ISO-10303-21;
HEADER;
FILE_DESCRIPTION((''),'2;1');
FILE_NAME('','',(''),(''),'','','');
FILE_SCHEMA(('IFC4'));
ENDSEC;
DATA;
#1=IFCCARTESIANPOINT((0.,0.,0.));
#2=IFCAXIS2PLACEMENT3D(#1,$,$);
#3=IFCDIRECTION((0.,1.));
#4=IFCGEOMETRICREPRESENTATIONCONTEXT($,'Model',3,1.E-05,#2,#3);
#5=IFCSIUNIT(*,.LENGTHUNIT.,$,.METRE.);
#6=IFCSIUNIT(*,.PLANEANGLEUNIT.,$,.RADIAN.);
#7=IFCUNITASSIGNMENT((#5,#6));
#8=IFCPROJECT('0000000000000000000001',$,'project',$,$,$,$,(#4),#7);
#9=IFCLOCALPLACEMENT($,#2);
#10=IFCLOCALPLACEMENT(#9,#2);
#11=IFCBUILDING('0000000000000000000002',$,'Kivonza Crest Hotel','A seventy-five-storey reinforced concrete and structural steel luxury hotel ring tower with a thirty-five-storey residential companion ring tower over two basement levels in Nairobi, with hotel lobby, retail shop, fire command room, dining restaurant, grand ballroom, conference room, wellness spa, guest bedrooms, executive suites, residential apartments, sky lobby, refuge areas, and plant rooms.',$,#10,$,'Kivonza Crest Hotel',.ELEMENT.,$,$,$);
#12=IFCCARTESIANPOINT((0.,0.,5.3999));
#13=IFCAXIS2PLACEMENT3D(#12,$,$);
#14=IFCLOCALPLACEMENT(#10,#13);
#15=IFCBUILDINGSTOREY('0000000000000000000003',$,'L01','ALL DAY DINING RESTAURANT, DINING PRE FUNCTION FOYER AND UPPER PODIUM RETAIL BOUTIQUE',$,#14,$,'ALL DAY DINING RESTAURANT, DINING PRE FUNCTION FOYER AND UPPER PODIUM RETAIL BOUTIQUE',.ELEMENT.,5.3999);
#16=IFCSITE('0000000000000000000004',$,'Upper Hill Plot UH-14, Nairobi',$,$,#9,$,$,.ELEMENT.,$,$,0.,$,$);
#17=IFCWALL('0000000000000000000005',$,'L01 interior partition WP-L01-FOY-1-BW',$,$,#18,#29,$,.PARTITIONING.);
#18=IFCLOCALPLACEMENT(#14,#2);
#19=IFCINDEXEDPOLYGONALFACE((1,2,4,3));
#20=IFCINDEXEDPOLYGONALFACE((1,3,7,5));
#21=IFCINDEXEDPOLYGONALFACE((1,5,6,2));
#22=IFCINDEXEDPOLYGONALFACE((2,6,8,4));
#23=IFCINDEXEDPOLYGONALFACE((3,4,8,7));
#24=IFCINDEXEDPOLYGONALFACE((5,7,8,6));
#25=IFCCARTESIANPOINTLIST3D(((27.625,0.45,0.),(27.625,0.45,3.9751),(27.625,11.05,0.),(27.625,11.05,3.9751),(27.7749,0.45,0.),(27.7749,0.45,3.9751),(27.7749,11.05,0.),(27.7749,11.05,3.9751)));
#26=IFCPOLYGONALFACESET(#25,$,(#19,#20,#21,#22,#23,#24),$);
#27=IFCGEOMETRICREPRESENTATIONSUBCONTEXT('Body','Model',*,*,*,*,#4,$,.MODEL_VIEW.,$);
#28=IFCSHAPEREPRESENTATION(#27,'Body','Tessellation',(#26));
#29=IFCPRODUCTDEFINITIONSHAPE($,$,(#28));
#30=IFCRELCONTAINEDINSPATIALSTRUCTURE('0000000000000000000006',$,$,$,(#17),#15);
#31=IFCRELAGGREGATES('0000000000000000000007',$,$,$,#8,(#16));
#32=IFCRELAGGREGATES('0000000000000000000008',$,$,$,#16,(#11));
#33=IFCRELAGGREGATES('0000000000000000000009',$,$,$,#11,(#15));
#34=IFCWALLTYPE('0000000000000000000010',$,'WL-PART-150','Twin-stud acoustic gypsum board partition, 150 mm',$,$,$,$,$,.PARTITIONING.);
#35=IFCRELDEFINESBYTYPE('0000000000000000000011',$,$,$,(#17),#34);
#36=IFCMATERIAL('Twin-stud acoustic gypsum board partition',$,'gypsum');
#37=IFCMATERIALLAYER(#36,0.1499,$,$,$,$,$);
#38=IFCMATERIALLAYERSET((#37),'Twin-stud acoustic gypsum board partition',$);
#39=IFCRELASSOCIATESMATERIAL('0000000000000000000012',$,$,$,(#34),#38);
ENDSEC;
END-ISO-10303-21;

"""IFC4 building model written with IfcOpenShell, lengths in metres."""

from ifc_helpers import new_model, si_unit, direction, frame, frame_2d, origin, place, context, subcontext, project, spatial, rectangle, extrude, material, layer, layer_set, type_object, element, save


model = new_model("IFC4")

# Units and contexts
model_context = context("Model", 3, precision=1e-05, world=origin(), true_north=direction((0.0, 1.0)))
body_context = subcontext(model_context, "Body", "Model", "MODEL_VIEW")
ifc_project = project(units=[si_unit("LENGTHUNIT", "METRE"), si_unit("PLANEANGLEUNIT", "RADIAN")], contexts=[model_context])

# Site, building, storey
site_placement = place(None, origin())
site = spatial("IfcSite", under=ifc_project, at=site_placement, Name="Upper Hill Plot UH-14, Nairobi", CompositionType="ELEMENT", RefElevation=0.0)
building_placement = place(site_placement, origin())
building = spatial("IfcBuilding", under=site, at=building_placement, Name="Kivonza Crest Hotel", Description="A seventy-five-storey reinforced concrete and structural steel luxury hotel ring tower with a thirty-five-storey residential companion ring tower over two basement levels in Nairobi, with hotel lobby, retail shop, fire command room, dining restaurant, grand ballroom, conference room, wellness spa, guest bedrooms, executive suites, residential apartments, sky lobby, refuge areas, and plant rooms.", LongName="Kivonza Crest Hotel", CompositionType="ELEMENT")
storey_placement = place(building_placement, frame((0.0, 0.0, 5.3999)))
storey = spatial("IfcBuildingStorey", under=building, at=storey_placement, Name="L01", Description="ALL DAY DINING RESTAURANT, DINING PRE FUNCTION FOYER AND UPPER PODIUM RETAIL BOUTIQUE", LongName="ALL DAY DINING RESTAURANT, DINING PRE FUNCTION FOYER AND UPPER PODIUM RETAIL BOUTIQUE", CompositionType="ELEMENT", Elevation=5.3999)

# Wall
ifc_material_1 = material(Name="Twin-stud acoustic gypsum board partition", Category="gypsum")
ifc_layer_1 = layer(ifc_material_1, 0.1499)
ifc_layer_set_1 = layer_set([ifc_layer_1], Name="Twin-stud acoustic gypsum board partition")
wall_type = type_object("IfcWallType", Name="WL-PART-150", Description="Twin-stud acoustic gypsum board partition, 150 mm", PredefinedType="PARTITIONING", material=ifc_layer_set_1)
for number, where, z_axis, x_axis, name in (
    (1, (27.7, 0.45, 0.0), (0.0, 0.0, 1.0), (0.0, 1.0, 0.0), "L01 interior partition WP-L01-FOY-1-BW"),
):
    element("IfcWall", number, at=place(storey_placement, frame(where, z_axis=z_axis, x_axis=x_axis)), inside=storey, type_object=wall_type, Name=name, PredefinedType="PARTITIONING", context=body_context, shape_type="SweptSolid", body=[
        extrude(rectangle(XDim=10.6001, YDim=0.1499, at=frame_2d((5.3, 0.0))), origin(), (0.0, 0.0, 1.0), 3.9751),
    ])

save(model, "model.ifc")
